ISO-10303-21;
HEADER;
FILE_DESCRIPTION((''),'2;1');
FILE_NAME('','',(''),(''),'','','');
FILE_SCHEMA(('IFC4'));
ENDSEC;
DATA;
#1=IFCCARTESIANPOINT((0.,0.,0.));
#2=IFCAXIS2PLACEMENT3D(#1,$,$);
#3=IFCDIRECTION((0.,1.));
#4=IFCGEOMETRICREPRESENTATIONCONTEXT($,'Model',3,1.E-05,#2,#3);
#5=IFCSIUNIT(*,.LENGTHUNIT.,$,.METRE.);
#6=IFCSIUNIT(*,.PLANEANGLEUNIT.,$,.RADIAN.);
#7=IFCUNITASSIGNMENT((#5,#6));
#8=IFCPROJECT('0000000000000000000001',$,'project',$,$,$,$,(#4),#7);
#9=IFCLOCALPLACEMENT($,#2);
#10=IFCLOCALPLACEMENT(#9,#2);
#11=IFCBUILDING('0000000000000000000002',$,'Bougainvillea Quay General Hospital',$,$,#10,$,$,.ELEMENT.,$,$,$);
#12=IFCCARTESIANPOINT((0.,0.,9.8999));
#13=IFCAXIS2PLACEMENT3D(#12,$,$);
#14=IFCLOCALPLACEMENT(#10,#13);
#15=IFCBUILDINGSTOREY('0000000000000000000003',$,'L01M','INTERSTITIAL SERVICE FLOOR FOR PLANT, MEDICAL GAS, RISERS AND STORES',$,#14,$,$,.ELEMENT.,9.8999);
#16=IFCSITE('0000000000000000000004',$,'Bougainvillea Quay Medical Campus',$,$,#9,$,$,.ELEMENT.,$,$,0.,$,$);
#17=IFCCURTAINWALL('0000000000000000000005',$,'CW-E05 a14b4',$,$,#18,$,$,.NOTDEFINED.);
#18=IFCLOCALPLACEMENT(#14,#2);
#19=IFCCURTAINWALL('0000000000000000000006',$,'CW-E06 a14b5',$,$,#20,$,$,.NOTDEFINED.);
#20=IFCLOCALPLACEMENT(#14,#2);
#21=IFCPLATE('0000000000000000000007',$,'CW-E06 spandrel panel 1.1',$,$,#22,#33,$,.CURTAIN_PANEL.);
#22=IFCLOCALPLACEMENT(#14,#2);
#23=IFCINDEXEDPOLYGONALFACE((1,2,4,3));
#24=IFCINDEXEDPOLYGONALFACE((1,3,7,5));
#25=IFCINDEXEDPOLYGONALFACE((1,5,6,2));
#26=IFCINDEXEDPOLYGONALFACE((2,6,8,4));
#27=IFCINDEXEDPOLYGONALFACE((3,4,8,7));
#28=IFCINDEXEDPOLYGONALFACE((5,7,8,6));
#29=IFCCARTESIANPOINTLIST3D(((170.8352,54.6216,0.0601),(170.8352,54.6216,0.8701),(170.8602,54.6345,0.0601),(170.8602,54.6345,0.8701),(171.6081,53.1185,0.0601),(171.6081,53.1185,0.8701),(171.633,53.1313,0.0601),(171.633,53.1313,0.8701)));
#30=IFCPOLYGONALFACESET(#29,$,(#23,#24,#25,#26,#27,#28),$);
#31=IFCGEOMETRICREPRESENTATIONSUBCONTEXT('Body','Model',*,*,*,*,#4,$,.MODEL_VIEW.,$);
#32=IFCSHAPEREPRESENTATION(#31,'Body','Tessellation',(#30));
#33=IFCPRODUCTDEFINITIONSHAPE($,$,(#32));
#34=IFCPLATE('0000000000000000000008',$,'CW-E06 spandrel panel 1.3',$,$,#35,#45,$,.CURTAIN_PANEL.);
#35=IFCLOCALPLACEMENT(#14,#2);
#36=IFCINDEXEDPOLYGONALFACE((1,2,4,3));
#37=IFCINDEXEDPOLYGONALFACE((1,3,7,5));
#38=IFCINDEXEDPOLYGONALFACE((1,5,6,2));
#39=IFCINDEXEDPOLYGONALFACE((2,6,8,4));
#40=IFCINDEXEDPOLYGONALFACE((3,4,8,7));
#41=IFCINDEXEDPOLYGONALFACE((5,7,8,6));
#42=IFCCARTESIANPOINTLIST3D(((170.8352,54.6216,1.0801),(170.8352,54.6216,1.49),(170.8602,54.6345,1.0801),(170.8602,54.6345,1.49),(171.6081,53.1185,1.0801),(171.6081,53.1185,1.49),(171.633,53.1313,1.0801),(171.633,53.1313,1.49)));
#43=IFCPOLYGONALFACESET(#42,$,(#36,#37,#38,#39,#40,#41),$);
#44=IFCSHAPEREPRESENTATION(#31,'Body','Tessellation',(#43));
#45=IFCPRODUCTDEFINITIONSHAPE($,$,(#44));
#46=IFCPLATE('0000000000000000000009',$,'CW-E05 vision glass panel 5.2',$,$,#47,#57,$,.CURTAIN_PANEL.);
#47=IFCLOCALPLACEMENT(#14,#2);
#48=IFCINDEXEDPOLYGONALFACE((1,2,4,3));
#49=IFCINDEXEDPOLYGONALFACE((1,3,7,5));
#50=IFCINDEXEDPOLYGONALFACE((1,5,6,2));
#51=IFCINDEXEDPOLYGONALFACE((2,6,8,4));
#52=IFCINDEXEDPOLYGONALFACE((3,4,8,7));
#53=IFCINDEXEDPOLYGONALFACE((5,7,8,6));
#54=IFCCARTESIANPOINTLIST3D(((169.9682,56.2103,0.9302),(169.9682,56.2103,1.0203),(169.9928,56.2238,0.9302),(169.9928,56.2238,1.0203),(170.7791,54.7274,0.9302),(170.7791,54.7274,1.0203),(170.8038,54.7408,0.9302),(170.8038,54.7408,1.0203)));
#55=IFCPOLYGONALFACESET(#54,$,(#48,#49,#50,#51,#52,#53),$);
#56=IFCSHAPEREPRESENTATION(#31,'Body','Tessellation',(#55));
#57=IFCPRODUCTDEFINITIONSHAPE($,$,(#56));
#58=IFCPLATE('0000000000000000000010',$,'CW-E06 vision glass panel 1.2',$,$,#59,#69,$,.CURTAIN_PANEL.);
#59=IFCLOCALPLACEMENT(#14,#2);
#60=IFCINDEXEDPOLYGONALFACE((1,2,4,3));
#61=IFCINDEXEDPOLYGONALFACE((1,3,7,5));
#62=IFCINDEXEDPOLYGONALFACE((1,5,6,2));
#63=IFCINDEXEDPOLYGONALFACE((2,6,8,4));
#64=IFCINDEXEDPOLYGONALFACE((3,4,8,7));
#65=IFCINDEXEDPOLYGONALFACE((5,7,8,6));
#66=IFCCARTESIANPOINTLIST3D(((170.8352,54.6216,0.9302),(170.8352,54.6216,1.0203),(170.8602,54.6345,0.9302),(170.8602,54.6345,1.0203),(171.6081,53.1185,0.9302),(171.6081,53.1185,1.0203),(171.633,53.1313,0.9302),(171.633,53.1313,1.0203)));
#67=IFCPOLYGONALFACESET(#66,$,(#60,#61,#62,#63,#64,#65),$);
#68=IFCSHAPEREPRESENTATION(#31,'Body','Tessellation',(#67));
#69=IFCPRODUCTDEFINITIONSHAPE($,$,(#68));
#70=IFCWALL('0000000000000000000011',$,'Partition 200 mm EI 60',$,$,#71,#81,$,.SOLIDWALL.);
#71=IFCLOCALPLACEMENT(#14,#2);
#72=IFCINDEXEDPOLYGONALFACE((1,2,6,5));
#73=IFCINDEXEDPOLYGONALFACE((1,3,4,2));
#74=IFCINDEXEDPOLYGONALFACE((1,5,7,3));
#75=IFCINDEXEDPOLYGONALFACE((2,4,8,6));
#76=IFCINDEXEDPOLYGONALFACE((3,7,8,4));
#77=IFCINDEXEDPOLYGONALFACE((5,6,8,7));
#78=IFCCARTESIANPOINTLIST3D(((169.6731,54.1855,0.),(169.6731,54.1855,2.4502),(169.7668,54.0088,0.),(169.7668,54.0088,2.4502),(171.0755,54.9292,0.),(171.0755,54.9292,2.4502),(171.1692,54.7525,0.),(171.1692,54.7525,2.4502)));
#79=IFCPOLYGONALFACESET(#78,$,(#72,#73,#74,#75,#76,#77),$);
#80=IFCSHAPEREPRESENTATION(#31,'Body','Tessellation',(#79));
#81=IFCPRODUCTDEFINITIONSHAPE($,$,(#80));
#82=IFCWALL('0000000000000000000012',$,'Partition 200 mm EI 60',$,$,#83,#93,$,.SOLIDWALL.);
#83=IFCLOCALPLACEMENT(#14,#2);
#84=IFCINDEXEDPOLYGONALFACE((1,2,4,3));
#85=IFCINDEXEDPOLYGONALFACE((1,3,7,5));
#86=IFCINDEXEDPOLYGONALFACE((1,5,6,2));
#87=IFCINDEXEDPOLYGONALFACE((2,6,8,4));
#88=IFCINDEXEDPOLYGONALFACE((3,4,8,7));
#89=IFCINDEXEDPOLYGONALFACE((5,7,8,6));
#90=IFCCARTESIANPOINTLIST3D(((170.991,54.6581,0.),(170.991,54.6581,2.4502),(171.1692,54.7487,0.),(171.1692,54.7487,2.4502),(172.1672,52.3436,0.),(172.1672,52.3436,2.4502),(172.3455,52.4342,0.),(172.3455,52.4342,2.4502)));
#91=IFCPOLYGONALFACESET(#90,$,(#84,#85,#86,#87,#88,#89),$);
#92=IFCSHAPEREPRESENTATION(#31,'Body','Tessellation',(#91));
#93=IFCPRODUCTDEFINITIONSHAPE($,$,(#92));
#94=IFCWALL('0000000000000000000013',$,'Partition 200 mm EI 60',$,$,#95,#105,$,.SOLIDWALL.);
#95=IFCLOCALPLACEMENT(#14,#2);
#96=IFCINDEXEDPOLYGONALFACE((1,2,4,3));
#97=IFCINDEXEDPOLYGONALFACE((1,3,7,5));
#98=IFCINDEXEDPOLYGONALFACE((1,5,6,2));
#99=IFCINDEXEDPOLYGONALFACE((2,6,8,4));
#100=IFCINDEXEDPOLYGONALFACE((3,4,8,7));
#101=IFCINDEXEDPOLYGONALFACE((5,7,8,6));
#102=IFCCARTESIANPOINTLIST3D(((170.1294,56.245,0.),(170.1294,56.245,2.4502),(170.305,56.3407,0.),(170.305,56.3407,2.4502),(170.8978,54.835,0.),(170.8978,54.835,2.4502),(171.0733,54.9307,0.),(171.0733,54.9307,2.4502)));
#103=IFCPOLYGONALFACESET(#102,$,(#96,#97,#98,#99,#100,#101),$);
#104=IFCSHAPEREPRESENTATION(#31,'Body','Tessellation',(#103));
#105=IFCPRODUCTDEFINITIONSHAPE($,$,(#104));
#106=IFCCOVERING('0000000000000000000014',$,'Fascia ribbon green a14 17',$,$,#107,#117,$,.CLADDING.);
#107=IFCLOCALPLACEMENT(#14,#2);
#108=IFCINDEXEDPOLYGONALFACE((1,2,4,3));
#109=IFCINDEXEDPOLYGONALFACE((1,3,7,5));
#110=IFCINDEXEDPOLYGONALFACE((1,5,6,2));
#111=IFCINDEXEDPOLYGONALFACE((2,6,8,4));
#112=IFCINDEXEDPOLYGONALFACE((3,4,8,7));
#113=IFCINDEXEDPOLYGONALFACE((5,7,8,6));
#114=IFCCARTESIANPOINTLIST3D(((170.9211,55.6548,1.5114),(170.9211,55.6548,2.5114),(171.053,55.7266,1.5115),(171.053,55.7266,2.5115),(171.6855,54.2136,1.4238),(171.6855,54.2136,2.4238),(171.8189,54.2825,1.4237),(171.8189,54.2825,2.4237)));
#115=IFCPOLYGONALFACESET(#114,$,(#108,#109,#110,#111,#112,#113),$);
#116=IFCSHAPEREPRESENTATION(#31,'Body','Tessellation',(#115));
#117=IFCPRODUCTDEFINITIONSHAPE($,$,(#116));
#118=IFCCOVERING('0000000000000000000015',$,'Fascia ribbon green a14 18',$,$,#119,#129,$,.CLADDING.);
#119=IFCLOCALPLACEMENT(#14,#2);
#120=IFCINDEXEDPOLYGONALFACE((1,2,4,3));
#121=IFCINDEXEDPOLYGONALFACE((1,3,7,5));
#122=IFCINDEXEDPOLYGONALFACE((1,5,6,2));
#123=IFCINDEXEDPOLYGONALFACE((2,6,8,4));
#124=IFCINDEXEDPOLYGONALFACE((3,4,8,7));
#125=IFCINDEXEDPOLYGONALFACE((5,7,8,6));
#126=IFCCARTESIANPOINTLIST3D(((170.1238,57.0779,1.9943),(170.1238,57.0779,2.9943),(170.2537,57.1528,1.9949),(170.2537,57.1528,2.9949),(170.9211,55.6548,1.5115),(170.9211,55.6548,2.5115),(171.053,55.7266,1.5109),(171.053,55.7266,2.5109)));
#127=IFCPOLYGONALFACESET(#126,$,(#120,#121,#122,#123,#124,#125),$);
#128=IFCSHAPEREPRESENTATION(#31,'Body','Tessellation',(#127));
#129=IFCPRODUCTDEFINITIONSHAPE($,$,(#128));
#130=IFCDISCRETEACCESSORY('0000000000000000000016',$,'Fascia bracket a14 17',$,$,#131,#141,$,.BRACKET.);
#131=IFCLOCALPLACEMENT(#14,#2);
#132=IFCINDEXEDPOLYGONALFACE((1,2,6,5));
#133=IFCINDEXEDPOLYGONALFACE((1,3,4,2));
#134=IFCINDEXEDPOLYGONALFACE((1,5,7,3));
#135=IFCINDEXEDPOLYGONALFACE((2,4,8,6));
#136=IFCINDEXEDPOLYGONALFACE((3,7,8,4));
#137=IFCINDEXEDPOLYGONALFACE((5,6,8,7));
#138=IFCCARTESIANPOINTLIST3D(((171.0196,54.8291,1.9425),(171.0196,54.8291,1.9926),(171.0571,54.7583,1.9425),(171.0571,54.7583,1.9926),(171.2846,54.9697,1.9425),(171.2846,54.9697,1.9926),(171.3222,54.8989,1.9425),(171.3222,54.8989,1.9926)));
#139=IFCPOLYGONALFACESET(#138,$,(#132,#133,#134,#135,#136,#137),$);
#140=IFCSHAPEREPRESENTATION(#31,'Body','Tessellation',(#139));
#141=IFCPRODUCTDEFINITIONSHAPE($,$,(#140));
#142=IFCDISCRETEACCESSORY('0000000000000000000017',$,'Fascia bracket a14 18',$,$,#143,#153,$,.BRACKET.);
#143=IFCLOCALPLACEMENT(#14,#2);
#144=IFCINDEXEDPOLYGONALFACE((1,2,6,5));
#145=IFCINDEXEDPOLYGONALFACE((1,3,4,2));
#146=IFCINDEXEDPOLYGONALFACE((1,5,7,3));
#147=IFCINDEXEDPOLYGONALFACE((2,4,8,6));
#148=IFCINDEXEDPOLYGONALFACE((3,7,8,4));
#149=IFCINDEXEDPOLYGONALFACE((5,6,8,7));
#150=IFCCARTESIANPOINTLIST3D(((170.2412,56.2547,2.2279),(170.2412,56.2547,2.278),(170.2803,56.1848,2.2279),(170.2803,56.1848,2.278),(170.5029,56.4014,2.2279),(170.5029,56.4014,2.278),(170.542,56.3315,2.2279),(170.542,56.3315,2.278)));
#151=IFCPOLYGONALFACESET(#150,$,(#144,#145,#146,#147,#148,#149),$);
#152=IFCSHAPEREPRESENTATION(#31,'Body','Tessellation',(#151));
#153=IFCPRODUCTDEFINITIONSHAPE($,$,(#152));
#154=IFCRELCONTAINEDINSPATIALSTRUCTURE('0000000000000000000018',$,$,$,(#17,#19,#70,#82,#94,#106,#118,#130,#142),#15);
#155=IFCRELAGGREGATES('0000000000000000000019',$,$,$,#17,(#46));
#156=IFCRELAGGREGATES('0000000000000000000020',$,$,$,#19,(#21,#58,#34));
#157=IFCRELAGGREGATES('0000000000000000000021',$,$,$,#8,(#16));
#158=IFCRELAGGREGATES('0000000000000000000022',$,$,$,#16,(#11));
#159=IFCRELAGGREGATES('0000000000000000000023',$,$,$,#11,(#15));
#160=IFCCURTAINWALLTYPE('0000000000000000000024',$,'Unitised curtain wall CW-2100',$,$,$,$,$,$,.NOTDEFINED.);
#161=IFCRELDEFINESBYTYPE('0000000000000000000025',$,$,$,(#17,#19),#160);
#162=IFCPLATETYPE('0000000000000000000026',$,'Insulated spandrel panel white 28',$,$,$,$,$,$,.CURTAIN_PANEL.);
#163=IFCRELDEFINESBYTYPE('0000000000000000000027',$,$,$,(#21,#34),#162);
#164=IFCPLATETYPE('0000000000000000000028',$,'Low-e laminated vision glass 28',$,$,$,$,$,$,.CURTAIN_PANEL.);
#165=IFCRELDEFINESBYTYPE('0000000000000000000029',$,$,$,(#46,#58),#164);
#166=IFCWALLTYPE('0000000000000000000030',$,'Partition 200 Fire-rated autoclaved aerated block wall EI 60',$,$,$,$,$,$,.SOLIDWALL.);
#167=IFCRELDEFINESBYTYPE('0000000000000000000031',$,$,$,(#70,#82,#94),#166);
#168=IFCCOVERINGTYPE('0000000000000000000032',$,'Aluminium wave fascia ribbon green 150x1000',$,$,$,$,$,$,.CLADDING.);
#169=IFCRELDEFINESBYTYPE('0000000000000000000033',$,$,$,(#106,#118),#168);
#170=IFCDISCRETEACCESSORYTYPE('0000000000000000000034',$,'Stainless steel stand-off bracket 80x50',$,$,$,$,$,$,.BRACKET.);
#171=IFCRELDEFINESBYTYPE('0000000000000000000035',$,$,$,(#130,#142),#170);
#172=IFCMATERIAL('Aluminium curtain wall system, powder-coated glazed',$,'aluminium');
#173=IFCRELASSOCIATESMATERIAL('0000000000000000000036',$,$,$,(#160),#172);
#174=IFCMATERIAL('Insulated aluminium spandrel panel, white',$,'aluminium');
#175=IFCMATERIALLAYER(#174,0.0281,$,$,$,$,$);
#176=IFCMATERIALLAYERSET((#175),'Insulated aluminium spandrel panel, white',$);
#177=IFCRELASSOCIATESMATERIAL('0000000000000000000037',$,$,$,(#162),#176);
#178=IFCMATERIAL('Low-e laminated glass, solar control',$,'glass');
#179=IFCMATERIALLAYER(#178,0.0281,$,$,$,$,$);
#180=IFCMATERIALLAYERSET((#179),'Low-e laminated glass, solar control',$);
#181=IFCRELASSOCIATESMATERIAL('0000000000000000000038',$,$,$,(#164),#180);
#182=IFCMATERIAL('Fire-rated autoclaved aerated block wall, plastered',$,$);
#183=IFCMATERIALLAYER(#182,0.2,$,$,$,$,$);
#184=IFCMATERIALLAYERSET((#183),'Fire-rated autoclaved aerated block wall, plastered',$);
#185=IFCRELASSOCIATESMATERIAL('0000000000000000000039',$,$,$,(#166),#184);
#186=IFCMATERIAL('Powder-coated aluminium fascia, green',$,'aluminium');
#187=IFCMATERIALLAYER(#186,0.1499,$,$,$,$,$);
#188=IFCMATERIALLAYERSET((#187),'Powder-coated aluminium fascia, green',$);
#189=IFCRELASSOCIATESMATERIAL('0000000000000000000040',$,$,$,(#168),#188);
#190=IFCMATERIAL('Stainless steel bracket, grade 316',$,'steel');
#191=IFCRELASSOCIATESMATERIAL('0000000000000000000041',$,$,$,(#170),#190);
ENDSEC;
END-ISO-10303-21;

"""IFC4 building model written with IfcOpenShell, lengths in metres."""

from ifc_helpers import new_model, si_unit, direction, frame, frame_2d, origin, origin_2d, place, context, subcontext, project, spatial, polyline, rectangle, outline, extrude, material, layer, layer_set, material_profile, profile_set, type_object, element, aggregate, save


model = new_model("IFC4")

# Units and contexts
model_context = context("Model", 3, precision=1e-05, world=origin(), true_north=direction((0.0, 1.0)))
body_context = subcontext(model_context, "Body", "Model", "MODEL_VIEW")
ifc_project = project(units=[si_unit("LENGTHUNIT", "METRE"), si_unit("PLANEANGLEUNIT", "RADIAN")], contexts=[model_context])

# Site, building, storey
site_placement = place(None, origin())
site = spatial("IfcSite", under=ifc_project, at=site_placement, Name="Bougainvillea Quay Medical Campus", CompositionType="ELEMENT", RefElevation=0.0)
building_placement = place(site_placement, origin())
building = spatial("IfcBuilding", under=site, at=building_placement, Name="Bougainvillea Quay General Hospital", CompositionType="ELEMENT")
storey_placement = place(building_placement, frame((0.0, 0.0, 9.8999)))
storey = spatial("IfcBuildingStorey", under=building, at=storey_placement, Name="L01M", Description="INTERSTITIAL SERVICE FLOOR FOR PLANT, MEDICAL GAS, RISERS AND STORES", CompositionType="ELEMENT", Elevation=9.8999)

# Curtain wall
ifc_material_1 = material(Name="Aluminium curtain wall system, powder-coated glazed", Category="aluminium")
curtain_wall_type = type_object("IfcCurtainWallType", Name="Unitised curtain wall CW-2100", PredefinedType="NOTDEFINED", material=ifc_material_1)
curtain_wall_1_placement = place(storey_placement, origin())
curtain_wall_1 = element("IfcCurtainWall", 1, at=curtain_wall_1_placement, inside=storey, type_object=curtain_wall_type, Name="CW-E05 a14b4", PredefinedType="NOTDEFINED")

# Curtain wall
curtain_wall_2_placement = place(storey_placement, origin())
curtain_wall_2 = element("IfcCurtainWall", 2, at=curtain_wall_2_placement, inside=storey, type_object=curtain_wall_type, Name="CW-E06 a14b5", PredefinedType="NOTDEFINED")

# Plates
ifc_material_2 = material(Name="Insulated aluminium spandrel panel, white", Category="aluminium")
ifc_layer_1 = layer(ifc_material_2, 0.0281)
ifc_layer_set_1 = layer_set([ifc_layer_1], Name="Insulated aluminium spandrel panel, white")
plate_type_1 = type_object("IfcPlateType", Name="Insulated spandrel panel white 28", PredefinedType="CURTAIN_PANEL", material=ifc_layer_set_1)
plate_1_placement = place(storey_placement, frame((171.2341, 53.8765, 0.0601), z_axis=(0.0, 0.0, 1.0), x_axis=(0.457235, -0.889346, 0.0)))
plate_1 = element("IfcPlate", 3, at=plate_1_placement, type_object=plate_type_1, Name="CW-E06 spandrel panel 1.1", PredefinedType="CURTAIN_PANEL", context=body_context, shape_type="SweptSolid", body=[
    extrude(rectangle(XDim=1.6902, YDim=0.0281, at=origin_2d()), origin(), (0.0, 0.0, 1.0), 0.8101),
])
plate_2_placement = place(storey_placement, frame((171.2341, 53.8765, 1.0801), z_axis=(0.0, 0.0, 1.0), x_axis=(0.457235, -0.889346, 0.0)))
plate_2 = element("IfcPlate", 4, at=plate_2_placement, type_object=plate_type_1, Name="CW-E06 spandrel panel 1.3", PredefinedType="CURTAIN_PANEL", context=body_context, shape_type="SweptSolid", body=[
    extrude(rectangle(XDim=1.6902, YDim=0.0281, at=origin_2d()), origin(), (0.0, 0.0, 1.0), 0.4099),
])
ifc_material_3 = material(Name="Low-e laminated glass, solar control", Category="glass")
ifc_layer_2 = layer(ifc_material_3, 0.0281)
ifc_layer_set_2 = layer_set([ifc_layer_2], Name="Low-e laminated glass, solar control")
plate_type_2 = type_object("IfcPlateType", Name="Low-e laminated vision glass 28", PredefinedType="CURTAIN_PANEL", material=ifc_layer_set_2)
plate_3_placement = place(storey_placement, frame((170.386, 55.4756, 0.9302), z_axis=(0.0, 0.0, 1.0), x_axis=(0.479783, -0.877387, 0.0)))
plate_3 = element("IfcPlate", 5, at=plate_3_placement, type_object=plate_type_2, Name="CW-E05 vision glass panel 5.2", PredefinedType="CURTAIN_PANEL", context=body_context, shape_type="SweptSolid", body=[
    extrude(rectangle(XDim=1.6902, YDim=0.0281, at=origin_2d()), origin(), (0.0, 0.0, 1.0), 0.0901),
])
aggregate(curtain_wall_1, [plate_3])
plate_4_placement = place(storey_placement, frame((171.2341, 53.8765, 0.9302), z_axis=(0.0, 0.0, 1.0), x_axis=(0.457235, -0.889346, 0.0)))
plate_4 = element("IfcPlate", 6, at=plate_4_placement, type_object=plate_type_2, Name="CW-E06 vision glass panel 1.2", PredefinedType="CURTAIN_PANEL", context=body_context, shape_type="SweptSolid", body=[
    extrude(rectangle(XDim=1.6902, YDim=0.0281, at=origin_2d()), origin(), (0.0, 0.0, 1.0), 0.0901),
])
aggregate(curtain_wall_2, [plate_1, plate_4, plate_2])

# Walls
ifc_material_4 = material(Name="Fire-rated autoclaved aerated block wall, plastered")
ifc_layer_3 = layer(ifc_material_4, 0.2)
ifc_layer_set_3 = layer_set([ifc_layer_3], Name="Fire-rated autoclaved aerated block wall, plastered")
wall_type = type_object("IfcWallType", Name="Partition 200 Fire-rated autoclaved aerated block wall EI 60", PredefinedType="SOLIDWALL", material=ifc_layer_set_3)
wall_1_placement = place(storey_placement, frame((169.72, 54.0972, 0.0), z_axis=(0.0, 0.0, 1.0), x_axis=(0.883466, 0.468495, 0.0)))
element("IfcWall", 7, at=wall_1_placement, inside=storey, type_object=wall_type, Name="Partition 200 mm EI 60", PredefinedType="SOLIDWALL", context=body_context, shape_type="SweptSolid", body=[
    extrude(rectangle(XDim=1.5874, YDim=0.2, at=frame_2d((0.7937, 0.0))), origin(), (0.0, 0.0, 1.0), 2.4502),
])
wall_2_placement = place(storey_placement, frame((171.0801, 54.7034, 0.0), z_axis=(0.0, 0.0, 1.0), x_axis=(0.453072, -0.891474, 0.0)))
element("IfcWall", 8, at=wall_2_placement, inside=storey, type_object=wall_type, Name="Partition 200 mm EI 60", PredefinedType="SOLIDWALL", context=body_context, shape_type="SweptSolid", body=[
    extrude(rectangle(XDim=2.5962, YDim=0.2, at=frame_2d((1.2981, 0.0))), origin(), (0.0, 0.0, 1.0), 2.4502),
])
wall_3_placement = place(storey_placement, frame((170.2173, 56.2927, 0.0), z_axis=(0.0, 0.0, 1.0), x_axis=(0.478501, -0.878087, 0.0)))
element("IfcWall", 9, at=wall_3_placement, inside=storey, type_object=wall_type, Name="Partition 200 mm EI 60", PredefinedType="SOLIDWALL", context=body_context, shape_type="SweptSolid", body=[
    extrude(rectangle(XDim=1.6057, YDim=0.2, at=frame_2d((0.8027, 0.0))), origin(), (0.0, 0.0, 1.0), 2.4502),
])

# Coverings
ifc_material_5 = material(Name="Powder-coated aluminium fascia, green", Category="aluminium")
ifc_layer_4 = layer(ifc_material_5, 0.1499)
ifc_layer_set_4 = layer_set([ifc_layer_4], Name="Powder-coated aluminium fascia, green")
covering_type = type_object("IfcCoveringType", Name="Aluminium wave fascia ribbon green 150x1000", PredefinedType="CLADDING", material=ifc_layer_set_4)
covering_1_placement = place(storey_placement, frame((171.6855, 54.2136, 1.4238), z_axis=(0.025113, -0.047348, 0.998563), x_axis=(-0.467902, 0.882154, 0.053596)))
element("IfcCovering", 10, at=covering_1_placement, inside=storey, type_object=covering_type, Name="Fascia ribbon green a14 17", PredefinedType="CLADDING", context=body_context, shape_type="SweptSolid", body=[
    extrude(outline(polyline([(0.0, 0.0), (1.6337, 0.0), (1.6353, -0.1501), (-0.0017, -0.15), (0.0, 0.0)])), origin(), (0.053596, -0.000001, 0.998563), 1.0),
])
covering_2_placement = place(storey_placement, frame((170.9211, 55.6548, 1.5115), z_axis=(0.138797, -0.247572, 0.958876), x_axis=(-0.468702, 0.836517, 0.283825)))
element("IfcCovering", 11, at=covering_2_placement, inside=storey, type_object=covering_type, Name="Fascia ribbon green a14 18", PredefinedType="CLADDING", context=body_context, shape_type="SweptSolid", body=[
    extrude(outline(polyline([(0.0, 0.0), (1.7012, 0.0), (1.7032, -0.1499), (-0.0019, -0.1501), (0.0, 0.0)])), origin(), (0.283825, 0.000069, 0.958876), 1.0),
])

# Discrete accessories
ifc_material_6 = material(Name="Stainless steel bracket, grade 316", Category="steel")
ifc_material_profile_1 = material_profile(ifc_material_6, rectangle(XDim=0.0801, YDim=0.05, at=origin_2d()))
ifc_profile_set_1 = profile_set([ifc_material_profile_1], Name="Stainless steel bracket, grade 316")
discrete_accessory_type = type_object("IfcDiscreteAccessoryType", Name="Stainless steel stand-off bracket 80x50", PredefinedType="BRACKET", material=ifc_profile_set_1)
for number, where, z_axis, x_axis, name in (
    (12, (171.0383, 54.7937, 1.9675), (0.883431, 0.46856, 0.0), (-0.46856, 0.883431, 0.0), "Fascia bracket a14 17"),
    (13, (170.2607, 56.2197, 2.2529), (0.87227, 0.489025, 0.0), (-0.489025, 0.87227, 0.0), "Fascia bracket a14 18"),
):
    element("IfcDiscreteAccessory", number, at=place(storey_placement, frame(where, z_axis=z_axis, x_axis=x_axis)), inside=storey, type_object=discrete_accessory_type, Name=name, PredefinedType="BRACKET", context=body_context, shape_type="SweptSolid", body=[
        extrude(rectangle(XDim=0.0801, YDim=0.05, at=origin_2d()), origin(), (0.0, 0.0, 1.0), 0.3),
    ])

save(model, "model.ifc")
